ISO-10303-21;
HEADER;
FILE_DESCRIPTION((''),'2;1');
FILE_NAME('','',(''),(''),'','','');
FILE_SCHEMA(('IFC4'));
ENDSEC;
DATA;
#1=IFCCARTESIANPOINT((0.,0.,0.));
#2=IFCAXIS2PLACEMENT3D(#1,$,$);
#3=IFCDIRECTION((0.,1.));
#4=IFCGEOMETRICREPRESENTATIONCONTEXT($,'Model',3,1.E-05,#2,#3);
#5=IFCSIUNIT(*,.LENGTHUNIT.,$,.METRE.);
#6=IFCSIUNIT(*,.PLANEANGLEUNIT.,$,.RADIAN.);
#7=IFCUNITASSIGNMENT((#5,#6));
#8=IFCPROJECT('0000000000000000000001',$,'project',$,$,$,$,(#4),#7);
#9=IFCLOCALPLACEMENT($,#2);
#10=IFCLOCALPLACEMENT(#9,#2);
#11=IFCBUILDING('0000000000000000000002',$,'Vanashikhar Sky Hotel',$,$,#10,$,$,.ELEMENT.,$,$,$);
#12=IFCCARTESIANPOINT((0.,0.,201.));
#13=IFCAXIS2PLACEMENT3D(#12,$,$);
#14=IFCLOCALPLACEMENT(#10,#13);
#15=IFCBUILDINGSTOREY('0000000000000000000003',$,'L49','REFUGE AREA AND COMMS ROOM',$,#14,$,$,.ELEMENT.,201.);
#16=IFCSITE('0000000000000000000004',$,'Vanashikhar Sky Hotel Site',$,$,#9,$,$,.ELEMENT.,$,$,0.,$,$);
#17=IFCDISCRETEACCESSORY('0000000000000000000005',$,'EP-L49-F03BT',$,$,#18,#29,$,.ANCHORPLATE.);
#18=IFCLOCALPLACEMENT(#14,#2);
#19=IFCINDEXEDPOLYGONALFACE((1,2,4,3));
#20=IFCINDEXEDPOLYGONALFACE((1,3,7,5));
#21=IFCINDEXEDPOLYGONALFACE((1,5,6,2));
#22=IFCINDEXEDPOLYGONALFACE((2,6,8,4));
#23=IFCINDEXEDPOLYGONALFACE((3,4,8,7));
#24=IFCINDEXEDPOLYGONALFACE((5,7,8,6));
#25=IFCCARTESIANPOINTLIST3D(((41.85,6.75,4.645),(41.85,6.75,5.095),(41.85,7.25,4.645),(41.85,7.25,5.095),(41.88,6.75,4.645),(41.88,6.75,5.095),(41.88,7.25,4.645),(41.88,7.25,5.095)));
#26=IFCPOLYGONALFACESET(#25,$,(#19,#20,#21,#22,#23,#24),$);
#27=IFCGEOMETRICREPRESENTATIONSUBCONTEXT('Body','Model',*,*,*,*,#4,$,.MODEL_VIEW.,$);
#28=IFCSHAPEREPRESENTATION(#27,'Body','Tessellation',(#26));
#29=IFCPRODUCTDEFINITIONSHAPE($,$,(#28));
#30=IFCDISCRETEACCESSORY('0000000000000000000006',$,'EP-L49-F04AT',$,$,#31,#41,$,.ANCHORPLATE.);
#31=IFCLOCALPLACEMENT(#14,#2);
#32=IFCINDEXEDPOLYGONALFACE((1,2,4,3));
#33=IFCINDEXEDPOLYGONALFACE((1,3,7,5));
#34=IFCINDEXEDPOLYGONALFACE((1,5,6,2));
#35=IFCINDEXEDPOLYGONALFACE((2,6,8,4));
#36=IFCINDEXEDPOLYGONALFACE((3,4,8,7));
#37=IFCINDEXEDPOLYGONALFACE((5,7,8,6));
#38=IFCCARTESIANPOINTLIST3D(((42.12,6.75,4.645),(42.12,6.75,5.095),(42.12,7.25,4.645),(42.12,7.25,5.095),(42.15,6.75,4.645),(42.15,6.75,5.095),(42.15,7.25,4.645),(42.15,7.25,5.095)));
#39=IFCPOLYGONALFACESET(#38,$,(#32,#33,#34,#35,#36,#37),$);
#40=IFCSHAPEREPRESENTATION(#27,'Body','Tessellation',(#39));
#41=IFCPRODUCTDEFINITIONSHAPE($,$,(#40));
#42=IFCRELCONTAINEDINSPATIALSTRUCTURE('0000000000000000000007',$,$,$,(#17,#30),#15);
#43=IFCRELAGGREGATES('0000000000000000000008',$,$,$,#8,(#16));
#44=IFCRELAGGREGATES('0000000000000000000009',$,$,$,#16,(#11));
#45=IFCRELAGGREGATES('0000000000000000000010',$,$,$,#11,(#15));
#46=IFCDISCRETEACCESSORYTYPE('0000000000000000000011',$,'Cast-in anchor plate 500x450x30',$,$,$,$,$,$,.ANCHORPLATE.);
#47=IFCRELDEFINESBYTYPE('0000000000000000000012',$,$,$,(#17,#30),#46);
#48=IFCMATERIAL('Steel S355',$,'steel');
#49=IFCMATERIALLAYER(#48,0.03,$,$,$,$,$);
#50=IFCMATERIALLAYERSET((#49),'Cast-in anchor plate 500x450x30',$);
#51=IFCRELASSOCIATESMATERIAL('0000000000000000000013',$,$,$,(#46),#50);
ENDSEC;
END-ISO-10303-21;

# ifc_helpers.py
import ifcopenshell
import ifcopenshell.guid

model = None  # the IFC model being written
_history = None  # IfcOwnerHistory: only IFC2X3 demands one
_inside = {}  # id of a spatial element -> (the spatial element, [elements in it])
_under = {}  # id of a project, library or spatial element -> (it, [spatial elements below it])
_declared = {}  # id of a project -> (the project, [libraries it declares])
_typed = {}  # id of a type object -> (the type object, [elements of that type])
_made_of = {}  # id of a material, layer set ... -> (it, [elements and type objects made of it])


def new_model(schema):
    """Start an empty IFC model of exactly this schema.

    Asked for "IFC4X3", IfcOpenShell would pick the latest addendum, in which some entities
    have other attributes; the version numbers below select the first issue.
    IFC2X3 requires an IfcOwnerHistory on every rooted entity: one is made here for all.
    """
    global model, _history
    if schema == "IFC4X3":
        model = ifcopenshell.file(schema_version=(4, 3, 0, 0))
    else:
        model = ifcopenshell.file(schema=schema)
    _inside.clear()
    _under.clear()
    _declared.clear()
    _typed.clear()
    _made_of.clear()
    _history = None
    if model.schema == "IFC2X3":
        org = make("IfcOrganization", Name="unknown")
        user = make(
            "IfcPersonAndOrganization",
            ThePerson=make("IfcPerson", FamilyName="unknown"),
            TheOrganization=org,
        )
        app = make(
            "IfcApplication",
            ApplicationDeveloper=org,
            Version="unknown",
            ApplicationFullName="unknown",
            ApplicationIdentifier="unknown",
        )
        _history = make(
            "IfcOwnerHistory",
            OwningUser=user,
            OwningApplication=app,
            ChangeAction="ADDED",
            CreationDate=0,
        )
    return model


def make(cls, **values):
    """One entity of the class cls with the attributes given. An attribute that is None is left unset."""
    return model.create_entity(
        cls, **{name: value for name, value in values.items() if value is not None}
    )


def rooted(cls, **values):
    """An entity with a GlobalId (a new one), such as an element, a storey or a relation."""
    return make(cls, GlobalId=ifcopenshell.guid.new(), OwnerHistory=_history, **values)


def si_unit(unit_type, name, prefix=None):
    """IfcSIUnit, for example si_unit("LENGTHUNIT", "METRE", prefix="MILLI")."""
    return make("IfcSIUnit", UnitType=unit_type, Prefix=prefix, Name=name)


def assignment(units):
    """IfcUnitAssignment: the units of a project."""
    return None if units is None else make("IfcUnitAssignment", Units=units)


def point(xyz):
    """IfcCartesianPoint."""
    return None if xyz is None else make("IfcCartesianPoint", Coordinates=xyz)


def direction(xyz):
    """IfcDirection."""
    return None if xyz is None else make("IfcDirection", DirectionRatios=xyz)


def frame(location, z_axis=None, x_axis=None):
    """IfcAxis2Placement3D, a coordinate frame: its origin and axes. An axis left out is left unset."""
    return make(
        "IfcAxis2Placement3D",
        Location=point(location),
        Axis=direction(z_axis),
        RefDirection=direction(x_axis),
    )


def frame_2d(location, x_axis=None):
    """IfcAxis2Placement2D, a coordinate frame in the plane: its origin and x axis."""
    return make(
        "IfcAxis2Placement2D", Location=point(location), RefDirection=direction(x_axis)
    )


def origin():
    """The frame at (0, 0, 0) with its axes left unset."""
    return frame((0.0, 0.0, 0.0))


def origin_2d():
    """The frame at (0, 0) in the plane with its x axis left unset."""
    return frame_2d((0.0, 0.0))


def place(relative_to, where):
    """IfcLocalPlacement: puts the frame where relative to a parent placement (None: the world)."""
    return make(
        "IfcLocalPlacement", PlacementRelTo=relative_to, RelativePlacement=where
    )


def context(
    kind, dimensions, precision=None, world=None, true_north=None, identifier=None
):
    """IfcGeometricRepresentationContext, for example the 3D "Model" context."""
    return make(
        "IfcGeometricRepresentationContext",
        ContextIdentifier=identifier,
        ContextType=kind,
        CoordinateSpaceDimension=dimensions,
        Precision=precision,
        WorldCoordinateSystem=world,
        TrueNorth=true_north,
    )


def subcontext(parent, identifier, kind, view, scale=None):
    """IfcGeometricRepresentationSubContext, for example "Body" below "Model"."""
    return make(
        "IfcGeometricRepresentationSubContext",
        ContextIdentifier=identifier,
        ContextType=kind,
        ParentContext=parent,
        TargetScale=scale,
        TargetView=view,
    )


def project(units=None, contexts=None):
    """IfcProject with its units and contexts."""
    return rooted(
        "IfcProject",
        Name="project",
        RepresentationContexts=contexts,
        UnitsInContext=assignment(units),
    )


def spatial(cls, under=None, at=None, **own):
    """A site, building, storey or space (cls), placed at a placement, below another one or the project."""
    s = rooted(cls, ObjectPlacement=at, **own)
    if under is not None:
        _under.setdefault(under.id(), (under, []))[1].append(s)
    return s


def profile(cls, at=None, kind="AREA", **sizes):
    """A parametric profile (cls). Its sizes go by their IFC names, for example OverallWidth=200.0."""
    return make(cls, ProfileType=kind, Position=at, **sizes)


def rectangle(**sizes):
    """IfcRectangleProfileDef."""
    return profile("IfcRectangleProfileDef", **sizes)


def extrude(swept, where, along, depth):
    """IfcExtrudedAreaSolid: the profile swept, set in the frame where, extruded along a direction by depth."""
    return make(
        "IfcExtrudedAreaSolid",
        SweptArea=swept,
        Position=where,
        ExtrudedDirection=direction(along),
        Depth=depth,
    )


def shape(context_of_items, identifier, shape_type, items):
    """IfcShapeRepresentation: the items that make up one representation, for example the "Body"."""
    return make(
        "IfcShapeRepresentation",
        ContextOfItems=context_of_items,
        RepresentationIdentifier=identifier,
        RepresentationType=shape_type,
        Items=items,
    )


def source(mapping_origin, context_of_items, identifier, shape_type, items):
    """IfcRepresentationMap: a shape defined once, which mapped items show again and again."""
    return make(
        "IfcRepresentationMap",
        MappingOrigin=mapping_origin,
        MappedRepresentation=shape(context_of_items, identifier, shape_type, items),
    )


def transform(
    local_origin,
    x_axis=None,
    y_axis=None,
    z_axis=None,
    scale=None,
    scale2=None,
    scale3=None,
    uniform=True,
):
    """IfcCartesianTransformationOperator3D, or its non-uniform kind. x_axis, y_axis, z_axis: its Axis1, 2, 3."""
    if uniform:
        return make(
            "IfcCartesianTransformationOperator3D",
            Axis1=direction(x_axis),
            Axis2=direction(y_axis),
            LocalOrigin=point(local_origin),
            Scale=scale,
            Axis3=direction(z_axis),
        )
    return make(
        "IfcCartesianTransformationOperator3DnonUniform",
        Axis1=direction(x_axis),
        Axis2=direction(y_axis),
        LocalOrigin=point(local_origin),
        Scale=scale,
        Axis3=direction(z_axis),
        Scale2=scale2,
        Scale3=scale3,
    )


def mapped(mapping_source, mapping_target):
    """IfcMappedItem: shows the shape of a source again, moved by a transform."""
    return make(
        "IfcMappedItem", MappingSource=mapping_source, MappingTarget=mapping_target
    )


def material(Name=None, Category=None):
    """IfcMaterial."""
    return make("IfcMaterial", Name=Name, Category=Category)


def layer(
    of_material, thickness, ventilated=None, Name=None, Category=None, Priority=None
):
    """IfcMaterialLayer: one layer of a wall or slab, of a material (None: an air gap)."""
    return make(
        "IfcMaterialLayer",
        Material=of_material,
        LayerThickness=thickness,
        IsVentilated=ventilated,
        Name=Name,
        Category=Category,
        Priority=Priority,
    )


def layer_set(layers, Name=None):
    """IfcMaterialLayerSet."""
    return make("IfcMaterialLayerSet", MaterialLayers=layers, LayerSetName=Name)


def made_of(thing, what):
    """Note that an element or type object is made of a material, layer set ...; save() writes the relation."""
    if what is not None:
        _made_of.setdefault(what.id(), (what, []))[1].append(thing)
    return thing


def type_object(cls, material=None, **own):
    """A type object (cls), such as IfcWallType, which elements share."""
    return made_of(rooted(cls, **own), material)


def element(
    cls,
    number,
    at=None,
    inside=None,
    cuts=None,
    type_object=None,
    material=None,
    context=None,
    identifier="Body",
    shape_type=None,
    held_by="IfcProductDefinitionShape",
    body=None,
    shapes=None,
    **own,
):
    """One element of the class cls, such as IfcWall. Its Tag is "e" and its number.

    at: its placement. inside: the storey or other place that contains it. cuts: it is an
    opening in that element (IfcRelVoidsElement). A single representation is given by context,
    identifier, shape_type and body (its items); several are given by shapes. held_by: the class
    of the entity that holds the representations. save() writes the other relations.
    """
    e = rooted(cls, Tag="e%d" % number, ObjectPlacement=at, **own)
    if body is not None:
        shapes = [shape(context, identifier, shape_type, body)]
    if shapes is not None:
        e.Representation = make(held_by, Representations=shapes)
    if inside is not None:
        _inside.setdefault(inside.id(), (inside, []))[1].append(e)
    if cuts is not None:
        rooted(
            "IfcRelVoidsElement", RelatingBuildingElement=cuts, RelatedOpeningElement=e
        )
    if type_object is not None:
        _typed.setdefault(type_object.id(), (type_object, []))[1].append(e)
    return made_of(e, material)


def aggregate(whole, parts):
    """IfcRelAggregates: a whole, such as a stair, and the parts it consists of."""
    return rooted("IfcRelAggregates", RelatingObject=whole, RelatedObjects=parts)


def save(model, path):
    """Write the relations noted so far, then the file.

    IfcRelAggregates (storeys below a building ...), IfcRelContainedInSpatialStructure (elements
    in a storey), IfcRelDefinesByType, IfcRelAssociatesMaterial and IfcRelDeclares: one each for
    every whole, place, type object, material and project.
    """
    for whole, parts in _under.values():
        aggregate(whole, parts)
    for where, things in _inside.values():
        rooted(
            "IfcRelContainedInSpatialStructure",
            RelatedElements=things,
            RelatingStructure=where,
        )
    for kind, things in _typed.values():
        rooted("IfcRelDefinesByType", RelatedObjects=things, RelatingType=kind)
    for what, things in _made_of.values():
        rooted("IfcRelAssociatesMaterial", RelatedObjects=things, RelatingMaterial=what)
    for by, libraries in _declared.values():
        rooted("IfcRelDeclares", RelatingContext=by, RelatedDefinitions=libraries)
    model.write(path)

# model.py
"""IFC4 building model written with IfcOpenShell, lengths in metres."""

from ifc_helpers import new_model, si_unit, direction, frame, origin, origin_2d, place, context, subcontext, project, spatial, rectangle, extrude, source, transform, mapped, material, layer, layer_set, type_object, element, save


model = new_model("IFC4")

# Units and contexts
model_context = context("Model", 3, precision=1e-05, world=origin(), true_north=direction((0.0, 1.0)))
body_context = subcontext(model_context, "Body", "Model", "MODEL_VIEW")
ifc_project = project(units=[si_unit("LENGTHUNIT", "METRE"), si_unit("PLANEANGLEUNIT", "RADIAN")], contexts=[model_context])

# Site, building, storey
site_placement = place(None, origin())
site = spatial("IfcSite", under=ifc_project, at=site_placement, Name="Vanashikhar Sky Hotel Site", CompositionType="ELEMENT", RefElevation=0.0)
building_placement = place(site_placement, origin())
building = spatial("IfcBuilding", under=site, at=building_placement, Name="Vanashikhar Sky Hotel", CompositionType="ELEMENT")
storey_placement = place(building_placement, frame((0.0, 0.0, 201.0)))
storey = spatial("IfcBuildingStorey", under=building, at=storey_placement, Name="L49", Description="REFUGE AREA AND COMMS ROOM", CompositionType="ELEMENT", Elevation=201.0)

# Shared definitions
ifc_material_1 = material(Name="Steel S355", Category="steel")

# Discrete accessories
ifc_layer_1 = layer(ifc_material_1, 0.03)
ifc_layer_set_1 = layer_set([ifc_layer_1], Name="Cast-in anchor plate 500x450x30")
discrete_accessory_type_1 = type_object("IfcDiscreteAccessoryType", Name="Cast-in anchor plate 500x450x30", PredefinedType="ANCHORPLATE", material=ifc_layer_set_1)
shared_shape_1 = source(origin(), body_context, "Body", "SweptSolid", [
    extrude(rectangle(XDim=0.03, YDim=0.5, at=origin_2d()), origin(), (0.0, 0.0, 1.0), 0.45),
])
for number, where, z_axis, x_axis, name in (
    (1, (41.865, 7.0, 4.645), (0.0, 0.0, 1.0), (1.0, 0.0, 0.0), "EP-L49-F03BT"),
    (2, (42.135, 7.0, 4.645), (0.0, 0.0, 1.0), (1.0, 0.0, 0.0), "EP-L49-F04AT"),
):
    element("IfcDiscreteAccessory", number, at=place(storey_placement, frame(where, z_axis=z_axis, x_axis=x_axis)), inside=storey, type_object=discrete_accessory_type_1, Name=name, PredefinedType="ANCHORPLATE", context=body_context, shape_type="MappedRepresentation", body=[
        mapped(shared_shape_1, transform((0.0, 0.0, 0.0), scale=1.0)),
    ])

save(model, "model.ifc")
